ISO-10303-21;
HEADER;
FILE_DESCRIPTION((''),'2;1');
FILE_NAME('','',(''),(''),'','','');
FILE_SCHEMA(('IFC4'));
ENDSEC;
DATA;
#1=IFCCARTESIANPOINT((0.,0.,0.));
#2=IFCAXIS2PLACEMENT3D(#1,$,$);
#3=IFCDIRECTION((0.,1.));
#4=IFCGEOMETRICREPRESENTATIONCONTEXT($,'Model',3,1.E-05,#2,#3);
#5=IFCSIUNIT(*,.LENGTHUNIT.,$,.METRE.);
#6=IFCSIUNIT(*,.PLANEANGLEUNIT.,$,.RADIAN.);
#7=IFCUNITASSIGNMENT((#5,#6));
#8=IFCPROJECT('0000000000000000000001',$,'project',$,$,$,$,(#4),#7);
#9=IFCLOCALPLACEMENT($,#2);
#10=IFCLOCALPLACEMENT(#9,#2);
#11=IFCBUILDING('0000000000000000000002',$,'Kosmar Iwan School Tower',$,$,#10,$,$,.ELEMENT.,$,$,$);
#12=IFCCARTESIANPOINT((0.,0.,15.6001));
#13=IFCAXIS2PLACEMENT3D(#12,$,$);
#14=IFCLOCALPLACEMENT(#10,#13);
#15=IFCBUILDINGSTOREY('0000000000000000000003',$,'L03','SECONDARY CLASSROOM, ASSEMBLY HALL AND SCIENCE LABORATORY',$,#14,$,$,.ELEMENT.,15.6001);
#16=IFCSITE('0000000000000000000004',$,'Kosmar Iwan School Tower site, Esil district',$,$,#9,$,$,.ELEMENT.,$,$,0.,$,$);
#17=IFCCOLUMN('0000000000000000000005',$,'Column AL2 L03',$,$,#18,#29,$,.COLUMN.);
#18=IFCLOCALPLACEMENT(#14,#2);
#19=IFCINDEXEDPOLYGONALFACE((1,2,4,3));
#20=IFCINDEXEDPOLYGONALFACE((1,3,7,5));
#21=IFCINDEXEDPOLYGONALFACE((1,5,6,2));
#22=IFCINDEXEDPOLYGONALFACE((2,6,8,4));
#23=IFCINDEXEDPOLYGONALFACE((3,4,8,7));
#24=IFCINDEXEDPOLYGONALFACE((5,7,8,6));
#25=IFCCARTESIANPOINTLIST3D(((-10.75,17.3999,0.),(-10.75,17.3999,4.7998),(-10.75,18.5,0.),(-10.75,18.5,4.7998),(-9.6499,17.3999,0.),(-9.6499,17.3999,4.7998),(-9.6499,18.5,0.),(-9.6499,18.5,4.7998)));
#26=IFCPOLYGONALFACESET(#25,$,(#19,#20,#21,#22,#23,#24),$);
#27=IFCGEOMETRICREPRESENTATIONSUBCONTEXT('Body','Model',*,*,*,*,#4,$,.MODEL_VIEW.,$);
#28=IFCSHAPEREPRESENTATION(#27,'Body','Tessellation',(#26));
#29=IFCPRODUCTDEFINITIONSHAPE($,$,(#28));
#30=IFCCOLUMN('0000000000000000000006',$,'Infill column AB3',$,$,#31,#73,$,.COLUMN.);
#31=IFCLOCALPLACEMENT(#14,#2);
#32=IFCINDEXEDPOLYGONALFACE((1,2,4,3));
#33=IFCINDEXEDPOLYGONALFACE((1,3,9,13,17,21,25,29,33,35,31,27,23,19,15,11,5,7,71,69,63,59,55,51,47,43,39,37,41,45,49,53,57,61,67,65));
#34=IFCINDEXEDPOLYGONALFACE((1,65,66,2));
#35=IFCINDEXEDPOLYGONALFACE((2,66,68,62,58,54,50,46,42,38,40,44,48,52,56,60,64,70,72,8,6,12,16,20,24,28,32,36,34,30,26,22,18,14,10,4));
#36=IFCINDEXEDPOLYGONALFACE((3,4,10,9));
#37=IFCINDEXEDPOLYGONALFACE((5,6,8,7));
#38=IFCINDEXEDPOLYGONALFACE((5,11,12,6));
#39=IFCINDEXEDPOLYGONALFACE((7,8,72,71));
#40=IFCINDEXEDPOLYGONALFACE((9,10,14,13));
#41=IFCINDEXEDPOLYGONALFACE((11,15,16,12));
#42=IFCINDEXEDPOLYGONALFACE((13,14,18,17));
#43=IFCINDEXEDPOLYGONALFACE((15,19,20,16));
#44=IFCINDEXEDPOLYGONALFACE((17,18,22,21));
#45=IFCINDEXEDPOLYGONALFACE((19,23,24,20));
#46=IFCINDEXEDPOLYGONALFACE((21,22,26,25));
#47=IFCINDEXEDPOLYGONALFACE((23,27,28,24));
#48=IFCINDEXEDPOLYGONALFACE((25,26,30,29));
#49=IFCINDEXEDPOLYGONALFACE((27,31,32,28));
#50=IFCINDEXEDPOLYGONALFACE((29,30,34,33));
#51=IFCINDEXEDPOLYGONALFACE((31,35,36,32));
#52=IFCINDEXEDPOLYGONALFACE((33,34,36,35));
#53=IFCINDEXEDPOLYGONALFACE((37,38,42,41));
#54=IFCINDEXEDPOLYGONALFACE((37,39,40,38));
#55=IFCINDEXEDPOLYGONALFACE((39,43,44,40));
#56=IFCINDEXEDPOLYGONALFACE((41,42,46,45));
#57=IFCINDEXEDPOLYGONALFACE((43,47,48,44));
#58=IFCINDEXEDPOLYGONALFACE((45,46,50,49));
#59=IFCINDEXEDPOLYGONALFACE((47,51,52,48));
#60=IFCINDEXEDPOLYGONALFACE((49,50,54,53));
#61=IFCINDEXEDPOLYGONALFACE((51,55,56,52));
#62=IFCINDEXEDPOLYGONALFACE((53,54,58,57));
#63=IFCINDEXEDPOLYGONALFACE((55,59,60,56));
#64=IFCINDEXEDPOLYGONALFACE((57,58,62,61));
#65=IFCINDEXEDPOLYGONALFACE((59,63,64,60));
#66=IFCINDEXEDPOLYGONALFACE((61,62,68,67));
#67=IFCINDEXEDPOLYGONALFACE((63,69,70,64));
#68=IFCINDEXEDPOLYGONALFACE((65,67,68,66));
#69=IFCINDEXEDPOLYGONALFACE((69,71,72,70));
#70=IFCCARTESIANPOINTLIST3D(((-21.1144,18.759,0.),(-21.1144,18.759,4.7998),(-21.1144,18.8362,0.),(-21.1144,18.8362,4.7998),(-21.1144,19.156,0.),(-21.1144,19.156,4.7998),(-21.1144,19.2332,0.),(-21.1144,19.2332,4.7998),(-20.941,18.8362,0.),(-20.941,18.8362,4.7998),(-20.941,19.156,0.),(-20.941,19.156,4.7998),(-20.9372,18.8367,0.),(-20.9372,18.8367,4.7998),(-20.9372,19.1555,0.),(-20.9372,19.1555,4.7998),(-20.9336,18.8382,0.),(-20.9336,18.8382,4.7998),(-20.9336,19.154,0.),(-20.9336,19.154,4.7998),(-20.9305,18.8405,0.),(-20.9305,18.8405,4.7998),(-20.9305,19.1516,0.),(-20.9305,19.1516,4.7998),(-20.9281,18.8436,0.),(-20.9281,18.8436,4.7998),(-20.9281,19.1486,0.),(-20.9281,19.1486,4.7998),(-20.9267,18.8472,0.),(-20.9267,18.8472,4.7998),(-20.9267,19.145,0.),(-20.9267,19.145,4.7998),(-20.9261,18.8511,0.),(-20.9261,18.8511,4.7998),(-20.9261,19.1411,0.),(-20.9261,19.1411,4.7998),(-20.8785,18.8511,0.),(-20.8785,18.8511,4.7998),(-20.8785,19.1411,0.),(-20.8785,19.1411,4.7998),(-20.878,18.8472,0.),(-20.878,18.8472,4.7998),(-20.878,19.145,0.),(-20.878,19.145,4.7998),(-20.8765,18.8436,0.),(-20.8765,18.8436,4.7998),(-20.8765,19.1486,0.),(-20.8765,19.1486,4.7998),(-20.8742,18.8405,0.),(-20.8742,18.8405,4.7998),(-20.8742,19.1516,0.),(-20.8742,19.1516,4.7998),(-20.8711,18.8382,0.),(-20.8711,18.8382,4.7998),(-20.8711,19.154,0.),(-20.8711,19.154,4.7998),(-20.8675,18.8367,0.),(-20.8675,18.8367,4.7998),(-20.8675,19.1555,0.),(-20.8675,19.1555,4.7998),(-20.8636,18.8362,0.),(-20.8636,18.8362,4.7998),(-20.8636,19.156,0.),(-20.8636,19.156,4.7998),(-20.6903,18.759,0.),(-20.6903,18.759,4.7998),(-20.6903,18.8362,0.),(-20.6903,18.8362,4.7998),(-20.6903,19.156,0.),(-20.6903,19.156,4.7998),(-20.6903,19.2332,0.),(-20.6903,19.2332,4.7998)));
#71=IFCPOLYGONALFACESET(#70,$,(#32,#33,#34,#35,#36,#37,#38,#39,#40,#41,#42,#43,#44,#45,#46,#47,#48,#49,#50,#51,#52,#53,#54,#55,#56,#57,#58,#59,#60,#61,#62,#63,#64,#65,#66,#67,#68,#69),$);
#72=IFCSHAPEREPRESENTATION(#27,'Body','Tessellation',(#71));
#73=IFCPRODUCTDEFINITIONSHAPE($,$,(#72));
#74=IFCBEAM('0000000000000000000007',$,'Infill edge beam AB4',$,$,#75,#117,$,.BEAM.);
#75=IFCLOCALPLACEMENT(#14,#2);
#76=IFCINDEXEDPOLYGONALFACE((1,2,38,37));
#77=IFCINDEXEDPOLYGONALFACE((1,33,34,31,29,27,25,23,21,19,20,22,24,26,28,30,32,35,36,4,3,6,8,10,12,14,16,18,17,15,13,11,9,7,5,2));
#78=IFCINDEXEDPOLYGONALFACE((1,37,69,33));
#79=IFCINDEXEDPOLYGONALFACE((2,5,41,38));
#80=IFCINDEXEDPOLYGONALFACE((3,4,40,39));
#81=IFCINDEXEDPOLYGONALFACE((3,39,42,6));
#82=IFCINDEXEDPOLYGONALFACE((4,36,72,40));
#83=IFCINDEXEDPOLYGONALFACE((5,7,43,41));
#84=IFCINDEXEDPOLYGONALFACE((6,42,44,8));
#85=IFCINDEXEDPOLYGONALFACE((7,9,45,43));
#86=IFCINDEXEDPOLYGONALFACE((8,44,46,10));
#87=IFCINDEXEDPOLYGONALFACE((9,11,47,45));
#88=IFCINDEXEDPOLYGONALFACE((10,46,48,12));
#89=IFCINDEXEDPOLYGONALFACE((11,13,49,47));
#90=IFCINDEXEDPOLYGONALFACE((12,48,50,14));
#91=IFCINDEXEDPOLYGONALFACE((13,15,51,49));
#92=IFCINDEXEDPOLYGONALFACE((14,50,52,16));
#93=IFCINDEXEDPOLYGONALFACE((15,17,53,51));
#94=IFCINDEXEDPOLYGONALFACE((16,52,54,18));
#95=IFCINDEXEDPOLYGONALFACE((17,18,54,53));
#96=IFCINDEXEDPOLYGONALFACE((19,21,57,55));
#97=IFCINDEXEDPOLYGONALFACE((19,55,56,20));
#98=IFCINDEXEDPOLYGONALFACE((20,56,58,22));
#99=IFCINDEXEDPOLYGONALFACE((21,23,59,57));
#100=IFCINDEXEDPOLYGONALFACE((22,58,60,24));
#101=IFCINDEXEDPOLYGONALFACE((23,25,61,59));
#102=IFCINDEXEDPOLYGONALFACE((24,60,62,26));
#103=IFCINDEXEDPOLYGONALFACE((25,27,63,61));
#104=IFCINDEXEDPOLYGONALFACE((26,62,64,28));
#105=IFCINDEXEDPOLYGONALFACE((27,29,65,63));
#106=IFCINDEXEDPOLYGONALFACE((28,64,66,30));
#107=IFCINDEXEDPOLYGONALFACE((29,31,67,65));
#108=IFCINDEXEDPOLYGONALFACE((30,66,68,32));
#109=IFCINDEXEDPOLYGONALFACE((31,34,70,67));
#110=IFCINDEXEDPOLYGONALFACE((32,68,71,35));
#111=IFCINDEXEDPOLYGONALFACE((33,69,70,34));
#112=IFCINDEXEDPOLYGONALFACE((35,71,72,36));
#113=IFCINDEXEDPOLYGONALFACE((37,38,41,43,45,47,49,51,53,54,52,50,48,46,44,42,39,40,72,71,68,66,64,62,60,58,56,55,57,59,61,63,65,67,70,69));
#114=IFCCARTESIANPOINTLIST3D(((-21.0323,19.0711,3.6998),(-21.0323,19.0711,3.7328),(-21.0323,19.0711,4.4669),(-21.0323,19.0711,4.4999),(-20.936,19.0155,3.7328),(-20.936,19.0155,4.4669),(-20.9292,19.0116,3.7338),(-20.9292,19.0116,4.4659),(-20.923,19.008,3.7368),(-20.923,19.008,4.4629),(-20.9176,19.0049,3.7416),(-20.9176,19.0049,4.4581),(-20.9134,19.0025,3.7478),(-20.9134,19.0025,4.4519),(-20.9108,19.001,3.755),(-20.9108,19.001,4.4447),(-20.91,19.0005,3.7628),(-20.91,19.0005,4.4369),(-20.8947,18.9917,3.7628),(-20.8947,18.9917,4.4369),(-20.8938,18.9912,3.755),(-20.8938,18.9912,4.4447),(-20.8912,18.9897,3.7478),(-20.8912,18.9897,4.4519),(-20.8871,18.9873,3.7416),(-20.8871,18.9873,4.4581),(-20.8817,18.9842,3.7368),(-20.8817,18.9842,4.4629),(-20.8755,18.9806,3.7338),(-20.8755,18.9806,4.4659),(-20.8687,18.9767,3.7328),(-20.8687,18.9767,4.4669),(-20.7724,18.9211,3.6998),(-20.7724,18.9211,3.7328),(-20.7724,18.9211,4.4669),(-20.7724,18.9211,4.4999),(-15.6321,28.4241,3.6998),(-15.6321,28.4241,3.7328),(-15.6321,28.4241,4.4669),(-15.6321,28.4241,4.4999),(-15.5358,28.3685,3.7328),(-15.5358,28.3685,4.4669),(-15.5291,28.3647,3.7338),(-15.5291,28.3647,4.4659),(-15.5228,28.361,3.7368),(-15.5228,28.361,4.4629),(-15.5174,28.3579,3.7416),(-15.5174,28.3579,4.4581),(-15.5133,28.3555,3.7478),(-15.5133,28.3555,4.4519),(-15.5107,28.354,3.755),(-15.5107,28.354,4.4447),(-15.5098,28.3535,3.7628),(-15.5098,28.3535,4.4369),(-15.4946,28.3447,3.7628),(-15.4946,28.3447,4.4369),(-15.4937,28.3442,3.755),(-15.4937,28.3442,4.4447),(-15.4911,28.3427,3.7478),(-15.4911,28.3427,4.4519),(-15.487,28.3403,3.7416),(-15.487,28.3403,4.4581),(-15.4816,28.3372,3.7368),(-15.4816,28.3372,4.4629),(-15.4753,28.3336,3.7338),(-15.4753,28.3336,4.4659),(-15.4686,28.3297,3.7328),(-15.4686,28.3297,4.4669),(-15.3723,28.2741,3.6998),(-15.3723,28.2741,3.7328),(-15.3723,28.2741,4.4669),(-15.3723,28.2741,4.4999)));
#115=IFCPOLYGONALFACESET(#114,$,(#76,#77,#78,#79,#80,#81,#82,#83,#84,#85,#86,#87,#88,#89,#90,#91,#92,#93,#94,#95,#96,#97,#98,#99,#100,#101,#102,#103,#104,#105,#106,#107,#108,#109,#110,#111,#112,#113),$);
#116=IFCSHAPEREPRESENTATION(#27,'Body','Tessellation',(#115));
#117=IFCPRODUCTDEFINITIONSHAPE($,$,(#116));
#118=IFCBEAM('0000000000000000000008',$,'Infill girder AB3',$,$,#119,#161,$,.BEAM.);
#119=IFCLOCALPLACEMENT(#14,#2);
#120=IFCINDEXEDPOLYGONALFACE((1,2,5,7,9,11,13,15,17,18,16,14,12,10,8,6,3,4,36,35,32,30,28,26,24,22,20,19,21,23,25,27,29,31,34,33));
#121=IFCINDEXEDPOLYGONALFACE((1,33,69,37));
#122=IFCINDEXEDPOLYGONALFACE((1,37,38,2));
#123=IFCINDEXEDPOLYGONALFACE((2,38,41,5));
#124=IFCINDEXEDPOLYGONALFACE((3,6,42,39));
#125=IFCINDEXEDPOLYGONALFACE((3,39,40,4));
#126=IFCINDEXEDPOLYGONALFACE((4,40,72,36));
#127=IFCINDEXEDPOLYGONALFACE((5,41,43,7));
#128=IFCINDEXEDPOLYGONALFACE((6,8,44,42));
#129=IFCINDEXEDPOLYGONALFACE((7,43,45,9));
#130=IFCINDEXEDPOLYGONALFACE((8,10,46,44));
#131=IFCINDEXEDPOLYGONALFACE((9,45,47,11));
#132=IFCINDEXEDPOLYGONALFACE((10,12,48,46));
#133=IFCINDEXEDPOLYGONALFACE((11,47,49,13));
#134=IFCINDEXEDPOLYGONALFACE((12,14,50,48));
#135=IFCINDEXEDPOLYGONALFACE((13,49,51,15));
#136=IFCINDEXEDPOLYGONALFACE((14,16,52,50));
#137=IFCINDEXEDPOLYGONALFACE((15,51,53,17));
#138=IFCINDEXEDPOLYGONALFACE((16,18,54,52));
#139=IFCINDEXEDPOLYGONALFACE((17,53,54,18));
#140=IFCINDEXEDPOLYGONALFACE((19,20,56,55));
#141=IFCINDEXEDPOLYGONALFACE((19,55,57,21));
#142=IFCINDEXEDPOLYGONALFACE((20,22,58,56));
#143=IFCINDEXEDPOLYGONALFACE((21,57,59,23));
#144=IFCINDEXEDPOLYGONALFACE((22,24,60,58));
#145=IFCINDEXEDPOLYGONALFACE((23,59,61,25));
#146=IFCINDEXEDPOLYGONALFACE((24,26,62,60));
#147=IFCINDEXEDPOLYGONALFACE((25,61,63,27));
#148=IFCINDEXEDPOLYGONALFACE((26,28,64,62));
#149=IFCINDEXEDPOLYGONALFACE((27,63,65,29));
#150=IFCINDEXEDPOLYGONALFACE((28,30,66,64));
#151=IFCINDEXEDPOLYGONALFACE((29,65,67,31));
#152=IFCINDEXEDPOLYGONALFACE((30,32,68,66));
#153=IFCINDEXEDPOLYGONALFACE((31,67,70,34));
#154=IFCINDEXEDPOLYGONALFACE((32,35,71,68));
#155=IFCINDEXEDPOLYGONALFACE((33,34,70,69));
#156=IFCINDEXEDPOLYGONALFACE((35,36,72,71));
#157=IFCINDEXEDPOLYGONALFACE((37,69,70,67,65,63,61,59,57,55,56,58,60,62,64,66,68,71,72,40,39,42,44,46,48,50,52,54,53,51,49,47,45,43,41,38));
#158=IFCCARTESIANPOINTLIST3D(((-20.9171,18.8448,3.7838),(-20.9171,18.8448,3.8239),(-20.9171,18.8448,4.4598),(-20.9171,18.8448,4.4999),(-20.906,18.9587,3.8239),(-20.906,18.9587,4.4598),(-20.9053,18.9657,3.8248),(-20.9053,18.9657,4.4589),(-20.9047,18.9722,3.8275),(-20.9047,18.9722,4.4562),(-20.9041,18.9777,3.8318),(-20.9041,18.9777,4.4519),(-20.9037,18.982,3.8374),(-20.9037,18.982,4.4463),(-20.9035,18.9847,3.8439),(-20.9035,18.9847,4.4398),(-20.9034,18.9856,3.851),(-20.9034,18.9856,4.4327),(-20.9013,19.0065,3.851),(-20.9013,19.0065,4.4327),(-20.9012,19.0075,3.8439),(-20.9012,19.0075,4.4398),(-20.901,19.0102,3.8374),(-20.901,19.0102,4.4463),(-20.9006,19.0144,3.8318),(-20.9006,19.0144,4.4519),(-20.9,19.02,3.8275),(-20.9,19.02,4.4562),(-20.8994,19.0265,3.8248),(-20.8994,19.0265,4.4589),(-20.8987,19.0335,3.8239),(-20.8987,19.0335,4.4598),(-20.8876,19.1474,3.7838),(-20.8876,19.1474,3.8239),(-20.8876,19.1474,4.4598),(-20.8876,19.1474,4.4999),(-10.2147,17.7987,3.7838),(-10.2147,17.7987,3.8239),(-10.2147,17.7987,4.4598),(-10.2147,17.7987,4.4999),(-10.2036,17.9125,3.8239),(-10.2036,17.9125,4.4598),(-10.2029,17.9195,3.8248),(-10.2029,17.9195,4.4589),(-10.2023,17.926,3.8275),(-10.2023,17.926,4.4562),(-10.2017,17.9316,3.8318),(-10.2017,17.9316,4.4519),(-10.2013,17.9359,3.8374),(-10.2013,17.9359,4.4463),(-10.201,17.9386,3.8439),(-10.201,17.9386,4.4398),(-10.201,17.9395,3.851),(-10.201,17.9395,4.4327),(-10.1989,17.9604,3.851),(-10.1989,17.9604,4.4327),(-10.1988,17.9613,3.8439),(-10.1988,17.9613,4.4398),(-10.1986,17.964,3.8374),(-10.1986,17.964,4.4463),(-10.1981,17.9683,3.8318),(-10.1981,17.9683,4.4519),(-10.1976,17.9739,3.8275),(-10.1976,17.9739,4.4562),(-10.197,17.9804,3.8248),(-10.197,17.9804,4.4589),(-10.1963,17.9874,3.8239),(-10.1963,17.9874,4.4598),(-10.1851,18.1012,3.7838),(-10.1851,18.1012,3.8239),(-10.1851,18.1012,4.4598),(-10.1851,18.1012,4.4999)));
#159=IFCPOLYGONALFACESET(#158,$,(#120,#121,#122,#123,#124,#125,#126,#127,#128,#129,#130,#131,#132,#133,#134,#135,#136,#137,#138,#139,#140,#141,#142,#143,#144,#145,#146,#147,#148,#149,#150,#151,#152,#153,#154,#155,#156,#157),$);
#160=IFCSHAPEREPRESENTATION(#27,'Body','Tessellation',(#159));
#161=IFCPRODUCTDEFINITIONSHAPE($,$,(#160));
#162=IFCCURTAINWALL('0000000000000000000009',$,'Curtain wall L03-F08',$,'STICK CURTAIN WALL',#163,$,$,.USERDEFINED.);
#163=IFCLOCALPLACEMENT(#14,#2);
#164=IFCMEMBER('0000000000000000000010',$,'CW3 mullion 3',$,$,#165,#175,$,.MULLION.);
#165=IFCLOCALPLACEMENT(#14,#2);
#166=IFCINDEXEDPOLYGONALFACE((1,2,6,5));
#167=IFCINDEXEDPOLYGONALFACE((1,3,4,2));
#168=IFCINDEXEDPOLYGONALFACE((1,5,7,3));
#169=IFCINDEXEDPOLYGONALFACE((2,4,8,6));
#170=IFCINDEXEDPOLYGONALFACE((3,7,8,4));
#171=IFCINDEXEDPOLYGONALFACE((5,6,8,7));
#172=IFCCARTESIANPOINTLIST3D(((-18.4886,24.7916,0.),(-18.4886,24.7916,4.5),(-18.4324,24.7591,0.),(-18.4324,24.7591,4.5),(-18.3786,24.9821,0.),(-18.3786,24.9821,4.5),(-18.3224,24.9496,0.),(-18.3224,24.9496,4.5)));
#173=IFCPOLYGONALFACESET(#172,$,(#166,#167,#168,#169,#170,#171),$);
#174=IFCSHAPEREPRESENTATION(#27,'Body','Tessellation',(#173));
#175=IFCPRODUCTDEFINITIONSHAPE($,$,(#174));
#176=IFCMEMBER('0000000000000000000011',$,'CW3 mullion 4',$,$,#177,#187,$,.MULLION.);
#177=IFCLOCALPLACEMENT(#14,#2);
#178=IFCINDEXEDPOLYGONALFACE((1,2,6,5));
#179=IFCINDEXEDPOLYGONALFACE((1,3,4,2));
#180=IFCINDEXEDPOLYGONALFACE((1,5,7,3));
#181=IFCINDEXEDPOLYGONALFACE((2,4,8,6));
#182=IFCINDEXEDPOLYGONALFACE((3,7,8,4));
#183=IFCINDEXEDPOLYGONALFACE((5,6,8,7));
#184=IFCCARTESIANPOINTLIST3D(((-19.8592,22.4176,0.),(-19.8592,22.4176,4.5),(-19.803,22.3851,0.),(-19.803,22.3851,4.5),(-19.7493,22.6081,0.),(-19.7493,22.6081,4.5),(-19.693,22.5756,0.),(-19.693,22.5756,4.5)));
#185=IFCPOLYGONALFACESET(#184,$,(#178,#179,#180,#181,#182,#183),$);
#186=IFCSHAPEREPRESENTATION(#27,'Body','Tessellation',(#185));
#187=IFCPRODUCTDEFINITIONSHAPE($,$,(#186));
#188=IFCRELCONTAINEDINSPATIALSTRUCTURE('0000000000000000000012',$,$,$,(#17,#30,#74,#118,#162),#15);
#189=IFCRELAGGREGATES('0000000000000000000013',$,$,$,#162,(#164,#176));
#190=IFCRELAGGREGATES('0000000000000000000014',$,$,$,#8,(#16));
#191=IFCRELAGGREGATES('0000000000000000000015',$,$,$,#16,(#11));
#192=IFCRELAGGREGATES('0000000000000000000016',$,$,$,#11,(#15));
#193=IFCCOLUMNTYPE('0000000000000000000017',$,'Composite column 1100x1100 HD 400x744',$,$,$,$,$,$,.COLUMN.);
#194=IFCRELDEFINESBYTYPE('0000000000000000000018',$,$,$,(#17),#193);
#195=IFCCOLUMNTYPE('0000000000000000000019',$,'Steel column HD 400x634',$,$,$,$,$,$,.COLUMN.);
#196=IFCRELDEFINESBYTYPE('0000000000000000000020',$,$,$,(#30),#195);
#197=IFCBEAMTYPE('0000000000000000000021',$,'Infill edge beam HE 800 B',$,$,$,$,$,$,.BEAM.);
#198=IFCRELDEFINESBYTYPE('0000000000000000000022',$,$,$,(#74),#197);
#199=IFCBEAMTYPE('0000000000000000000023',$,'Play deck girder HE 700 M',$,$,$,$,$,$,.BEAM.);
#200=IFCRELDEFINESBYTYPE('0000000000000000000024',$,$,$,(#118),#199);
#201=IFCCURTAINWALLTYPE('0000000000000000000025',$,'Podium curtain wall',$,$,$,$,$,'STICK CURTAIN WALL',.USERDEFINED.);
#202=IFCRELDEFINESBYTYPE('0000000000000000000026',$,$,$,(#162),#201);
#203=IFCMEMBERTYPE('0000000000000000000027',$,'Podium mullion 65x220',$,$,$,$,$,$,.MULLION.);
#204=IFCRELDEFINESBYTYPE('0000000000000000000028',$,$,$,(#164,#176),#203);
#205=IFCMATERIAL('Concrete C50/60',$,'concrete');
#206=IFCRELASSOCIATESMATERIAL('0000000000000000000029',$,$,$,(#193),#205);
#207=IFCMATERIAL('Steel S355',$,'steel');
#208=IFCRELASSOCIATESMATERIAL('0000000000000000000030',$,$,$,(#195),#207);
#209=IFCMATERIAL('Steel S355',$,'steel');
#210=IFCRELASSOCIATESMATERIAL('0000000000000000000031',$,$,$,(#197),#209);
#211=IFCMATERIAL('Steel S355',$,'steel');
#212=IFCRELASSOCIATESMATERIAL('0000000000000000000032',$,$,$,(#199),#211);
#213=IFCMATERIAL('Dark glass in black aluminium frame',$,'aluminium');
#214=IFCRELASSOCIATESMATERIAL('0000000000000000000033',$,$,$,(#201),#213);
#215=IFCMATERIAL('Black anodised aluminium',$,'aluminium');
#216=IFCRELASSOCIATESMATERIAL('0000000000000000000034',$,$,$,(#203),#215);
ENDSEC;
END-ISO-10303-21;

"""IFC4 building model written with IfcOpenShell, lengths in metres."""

from ifc_helpers import new_model, si_unit, direction, frame, origin, origin_2d, place, context, subcontext, project, spatial, rectangle, i_section, extrude, material, material_profile, profile_set, type_object, element, aggregate, save


model = new_model("IFC4")

# Units and contexts
model_context = context("Model", 3, precision=1e-05, world=origin(), true_north=direction((0.0, 1.0)))
body_context = subcontext(model_context, "Body", "Model", "MODEL_VIEW")
ifc_project = project(units=[si_unit("LENGTHUNIT", "METRE"), si_unit("PLANEANGLEUNIT", "RADIAN")], contexts=[model_context])

# Site, building, storey
site_placement = place(None, origin())
site = spatial("IfcSite", under=ifc_project, at=site_placement, Name="Kosmar Iwan School Tower site, Esil district", CompositionType="ELEMENT", RefElevation=0.0)
building_placement = place(site_placement, origin())
building = spatial("IfcBuilding", under=site, at=building_placement, Name="Kosmar Iwan School Tower", CompositionType="ELEMENT")
storey_placement = place(building_placement, frame((0.0, 0.0, 15.6001)))
storey = spatial("IfcBuildingStorey", under=building, at=storey_placement, Name="L03", Description="SECONDARY CLASSROOM, ASSEMBLY HALL AND SCIENCE LABORATORY", CompositionType="ELEMENT", Elevation=15.6001)

# Columns
ifc_material_1 = material(Name="Concrete C50/60", Category="concrete")
ifc_material_profile_1 = material_profile(ifc_material_1, rectangle(XDim=1.1001, YDim=1.1001, at=origin_2d()), Name="RC 1100x1100 + HD 400x744")
ifc_profile_set_1 = profile_set([ifc_material_profile_1], Name="Concrete C50/60")
column_type_1 = type_object("IfcColumnType", Name="Composite column 1100x1100 HD 400x744", PredefinedType="COLUMN", material=ifc_profile_set_1)
column_1_placement = place(storey_placement, frame((-10.2, 17.95, 0.0), z_axis=(0.0, 0.0, 1.0), x_axis=(0.0, 1.0, 0.0)))
element("IfcColumn", 1, at=column_1_placement, inside=storey, type_object=column_type_1, Name="Column AL2 L03", PredefinedType="COLUMN", context=body_context, shape_type="SweptSolid", body=[
    extrude(rectangle(XDim=1.1001, YDim=1.1001, at=origin_2d()), origin(), (0.0, 0.0, 1.0), 4.7998),
])
ifc_material_2 = material(Name="Steel S355", Category="steel")
ifc_material_profile_2 = material_profile(ifc_material_2, i_section(OverallWidth=0.4241, OverallDepth=0.4741, WebThickness=0.0476, FlangeThickness=0.0771, FilletRadius=0.0149, at=origin_2d()), Name="HD 400x634")
ifc_profile_set_2 = profile_set([ifc_material_profile_2], Name="Steel S355")
column_type_2 = type_object("IfcColumnType", Name="Steel column HD 400x634", PredefinedType="COLUMN", material=ifc_profile_set_2)
column_2_placement = place(storey_placement, frame((-20.9023, 18.9961, 0.0), z_axis=(0.0, 0.0, 1.0), x_axis=(1.0, 0.0, 0.0)))
element("IfcColumn", 2, at=column_2_placement, inside=storey, type_object=column_type_2, Name="Infill column AB3", PredefinedType="COLUMN", context=body_context, shape_type="SweptSolid", body=[
    extrude(i_section(OverallWidth=0.4241, OverallDepth=0.4741, WebThickness=0.0476, FlangeThickness=0.0771, FilletRadius=0.0149, at=origin_2d()), origin(), (0.0, 0.0, 1.0), 4.7998),
])

# Beams
ifc_material_3 = material(Name="Steel S355", Category="steel")
ifc_material_profile_3 = material_profile(ifc_material_3, i_section(OverallWidth=0.3, OverallDepth=0.8, WebThickness=0.0176, FlangeThickness=0.033, FilletRadius=0.03, at=origin_2d()), Name="HE 800 B")
ifc_profile_set_3 = profile_set([ifc_material_profile_3], Name="Steel S355")
beam_type_1 = type_object("IfcBeamType", Name="Infill edge beam HE 800 B", PredefinedType="BEAM", material=ifc_profile_set_3)
beam_1_placement = place(storey_placement, frame((-20.9023, 18.9961, 4.0999), z_axis=(0.500012, 0.866018, 0.0), x_axis=(-0.866018, 0.500012, 0.0)))
element("IfcBeam", 3, at=beam_1_placement, inside=storey, type_object=beam_type_1, Name="Infill edge beam AB4", PredefinedType="BEAM", context=body_context, shape_type="SweptSolid", body=[
    extrude(i_section(OverallWidth=0.3, OverallDepth=0.8, WebThickness=0.0176, FlangeThickness=0.033, FilletRadius=0.03, at=origin_2d()), origin(), (0.0, 0.0, 1.0), 10.8),
])
ifc_material_4 = material(Name="Steel S355", Category="steel")
ifc_material_profile_4 = material_profile(ifc_material_4, i_section(OverallWidth=0.304, OverallDepth=0.7161, WebThickness=0.021, FlangeThickness=0.04, FilletRadius=0.0271, at=origin_2d()), Name="HE 700 M")
ifc_profile_set_4 = profile_set([ifc_material_profile_4], Name="Steel S355")
beam_type_2 = type_object("IfcBeamType", Name="Play deck girder HE 700 M", PredefinedType="BEAM", material=ifc_profile_set_4)
beam_2_placement = place(storey_placement, frame((-20.9023, 18.9961, 4.1418), z_axis=(0.995257, -0.097285, 0.0), x_axis=(0.097285, 0.995257, 0.0)))
element("IfcBeam", 4, at=beam_2_placement, inside=storey, type_object=beam_type_2, Name="Infill girder AB3", PredefinedType="BEAM", context=body_context, shape_type="SweptSolid", body=[
    extrude(i_section(OverallWidth=0.304, OverallDepth=0.7161, WebThickness=0.021, FlangeThickness=0.04, FilletRadius=0.0271, at=origin_2d()), origin(), (0.0, 0.0, 1.0), 10.7534),
])

# Curtain wall, members
ifc_material_5 = material(Name="Dark glass in black aluminium frame", Category="aluminium")
curtain_wall_type = type_object("IfcCurtainWallType", Name="Podium curtain wall", ElementType="STICK CURTAIN WALL", PredefinedType="USERDEFINED", material=ifc_material_5)
curtain_wall_placement = place(storey_placement, origin())
curtain_wall = element("IfcCurtainWall", 5, at=curtain_wall_placement, inside=storey, type_object=curtain_wall_type, Name="Curtain wall L03-F08", ObjectType="STICK CURTAIN WALL", PredefinedType="USERDEFINED")
ifc_material_6 = material(Name="Black anodised aluminium", Category="aluminium")
ifc_material_profile_5 = material_profile(ifc_material_6, rectangle(XDim=0.0649, YDim=0.22, at=origin_2d()), Name="MULLION 65x220")
ifc_profile_set_5 = profile_set([ifc_material_profile_5], Name="Black anodised aluminium")
member_type_1 = type_object("IfcMemberType", Name="Podium mullion 65x220", PredefinedType="MULLION", material=ifc_profile_set_5)
member_1_placement = place(storey_placement, frame((-18.4055, 24.8706, 0.0), z_axis=(0.0, 0.0, 1.0), x_axis=(0.866025, -0.5, 0.0)))
member_1 = element("IfcMember", 6, at=member_1_placement, type_object=member_type_1, Name="CW3 mullion 3", PredefinedType="MULLION", context=body_context, shape_type="SweptSolid", body=[
    extrude(rectangle(XDim=0.0649, YDim=0.22, at=origin_2d()), origin(), (0.0, 0.0, 1.0), 4.5),
])
member_2_placement = place(storey_placement, frame((-19.7761, 22.4966, 0.0), z_axis=(0.0, 0.0, 1.0), x_axis=(0.866025, -0.5, 0.0)))
member_2 = element("IfcMember", 7, at=member_2_placement, type_object=member_type_1, Name="CW3 mullion 4", PredefinedType="MULLION", context=body_context, shape_type="SweptSolid", body=[
    extrude(rectangle(XDim=0.0649, YDim=0.22, at=origin_2d()), origin(), (0.0, 0.0, 1.0), 4.5),
])
aggregate(curtain_wall, [member_1, member_2])

save(model, "model.ifc")
